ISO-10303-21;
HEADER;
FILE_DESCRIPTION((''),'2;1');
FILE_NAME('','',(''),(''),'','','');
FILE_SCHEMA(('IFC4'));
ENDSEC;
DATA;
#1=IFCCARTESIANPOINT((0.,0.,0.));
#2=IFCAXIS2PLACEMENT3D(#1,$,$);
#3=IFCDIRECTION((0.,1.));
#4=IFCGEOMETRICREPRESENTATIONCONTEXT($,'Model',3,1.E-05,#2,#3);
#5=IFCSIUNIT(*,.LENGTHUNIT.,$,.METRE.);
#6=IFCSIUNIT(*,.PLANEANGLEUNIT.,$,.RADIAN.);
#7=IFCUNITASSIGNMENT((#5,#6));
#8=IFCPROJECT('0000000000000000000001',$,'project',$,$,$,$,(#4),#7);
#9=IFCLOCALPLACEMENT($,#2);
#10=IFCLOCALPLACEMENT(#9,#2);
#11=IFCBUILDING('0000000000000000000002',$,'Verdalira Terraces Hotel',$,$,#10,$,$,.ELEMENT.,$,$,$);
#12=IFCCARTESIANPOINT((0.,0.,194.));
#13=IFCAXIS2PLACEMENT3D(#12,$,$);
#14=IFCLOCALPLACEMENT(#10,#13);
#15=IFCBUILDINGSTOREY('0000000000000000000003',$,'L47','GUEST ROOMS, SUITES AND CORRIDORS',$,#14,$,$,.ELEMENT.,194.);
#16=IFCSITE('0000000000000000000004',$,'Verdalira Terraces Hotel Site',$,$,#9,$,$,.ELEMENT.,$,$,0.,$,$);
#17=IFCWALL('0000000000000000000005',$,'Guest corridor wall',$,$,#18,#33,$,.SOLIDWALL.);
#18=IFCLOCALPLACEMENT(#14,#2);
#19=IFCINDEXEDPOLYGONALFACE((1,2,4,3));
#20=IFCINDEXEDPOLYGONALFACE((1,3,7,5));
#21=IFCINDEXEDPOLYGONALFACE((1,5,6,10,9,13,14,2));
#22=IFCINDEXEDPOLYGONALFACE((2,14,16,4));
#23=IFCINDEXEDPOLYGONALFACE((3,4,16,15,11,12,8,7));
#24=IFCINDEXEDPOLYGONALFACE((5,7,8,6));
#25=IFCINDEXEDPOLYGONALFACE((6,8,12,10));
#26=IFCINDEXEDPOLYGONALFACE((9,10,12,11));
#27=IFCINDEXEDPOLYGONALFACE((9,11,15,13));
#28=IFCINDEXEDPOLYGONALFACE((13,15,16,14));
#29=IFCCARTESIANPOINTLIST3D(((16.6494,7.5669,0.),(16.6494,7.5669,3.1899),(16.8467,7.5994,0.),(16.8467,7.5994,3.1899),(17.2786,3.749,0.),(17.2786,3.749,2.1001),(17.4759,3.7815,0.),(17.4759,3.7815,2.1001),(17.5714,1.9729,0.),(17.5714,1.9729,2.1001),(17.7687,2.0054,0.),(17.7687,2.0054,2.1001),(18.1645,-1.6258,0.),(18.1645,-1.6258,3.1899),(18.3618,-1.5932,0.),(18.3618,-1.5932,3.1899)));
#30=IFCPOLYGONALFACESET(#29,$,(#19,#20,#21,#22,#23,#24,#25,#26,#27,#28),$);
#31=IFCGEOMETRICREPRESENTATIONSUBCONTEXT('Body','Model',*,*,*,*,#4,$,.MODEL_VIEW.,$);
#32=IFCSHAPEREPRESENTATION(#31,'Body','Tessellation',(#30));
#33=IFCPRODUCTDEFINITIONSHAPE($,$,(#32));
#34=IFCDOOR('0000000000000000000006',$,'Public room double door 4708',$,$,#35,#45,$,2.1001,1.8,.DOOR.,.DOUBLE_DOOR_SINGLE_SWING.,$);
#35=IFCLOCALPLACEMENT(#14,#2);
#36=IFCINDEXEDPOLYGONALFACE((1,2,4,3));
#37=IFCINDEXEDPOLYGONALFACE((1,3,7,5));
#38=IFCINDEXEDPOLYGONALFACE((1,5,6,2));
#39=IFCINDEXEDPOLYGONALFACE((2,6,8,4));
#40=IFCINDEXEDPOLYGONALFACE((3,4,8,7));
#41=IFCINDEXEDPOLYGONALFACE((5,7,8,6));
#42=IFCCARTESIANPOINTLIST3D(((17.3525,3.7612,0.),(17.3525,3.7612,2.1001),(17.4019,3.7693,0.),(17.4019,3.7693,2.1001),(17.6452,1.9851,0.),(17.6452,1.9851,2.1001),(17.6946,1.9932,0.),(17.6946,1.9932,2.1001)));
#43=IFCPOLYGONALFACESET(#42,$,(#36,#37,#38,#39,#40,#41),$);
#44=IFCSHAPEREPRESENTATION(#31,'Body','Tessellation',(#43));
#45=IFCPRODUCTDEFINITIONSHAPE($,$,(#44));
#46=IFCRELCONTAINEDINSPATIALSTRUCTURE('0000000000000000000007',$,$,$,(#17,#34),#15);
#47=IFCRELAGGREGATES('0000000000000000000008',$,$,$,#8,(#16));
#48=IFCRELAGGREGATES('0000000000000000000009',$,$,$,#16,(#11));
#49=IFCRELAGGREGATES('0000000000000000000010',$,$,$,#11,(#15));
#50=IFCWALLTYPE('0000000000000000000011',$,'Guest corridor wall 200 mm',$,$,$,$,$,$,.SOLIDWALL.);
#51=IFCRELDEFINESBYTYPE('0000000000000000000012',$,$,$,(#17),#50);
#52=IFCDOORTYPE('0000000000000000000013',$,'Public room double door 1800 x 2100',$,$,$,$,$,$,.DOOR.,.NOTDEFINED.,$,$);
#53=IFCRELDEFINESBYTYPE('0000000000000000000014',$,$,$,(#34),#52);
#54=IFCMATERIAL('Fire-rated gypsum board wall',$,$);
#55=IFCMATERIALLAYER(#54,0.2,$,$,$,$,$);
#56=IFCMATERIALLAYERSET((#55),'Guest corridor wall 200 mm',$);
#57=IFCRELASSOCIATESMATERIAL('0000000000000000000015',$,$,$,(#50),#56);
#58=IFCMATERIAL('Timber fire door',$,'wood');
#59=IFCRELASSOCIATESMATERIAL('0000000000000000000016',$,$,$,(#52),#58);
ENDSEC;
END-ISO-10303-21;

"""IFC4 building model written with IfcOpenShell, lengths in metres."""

from ifc_helpers import new_model, si_unit, direction, frame, frame_2d, origin, place, context, subcontext, project, spatial, rectangle, extrude, material, layer, layer_set, type_object, element, fill, save


model = new_model("IFC4")

# Units and contexts
model_context = context("Model", 3, precision=1e-05, world=origin(), true_north=direction((0.0, 1.0)))
body_context = subcontext(model_context, "Body", "Model", "MODEL_VIEW")
ifc_project = project(units=[si_unit("LENGTHUNIT", "METRE"), si_unit("PLANEANGLEUNIT", "RADIAN")], contexts=[model_context])

# Site, building, storey
site_placement = place(None, origin())
site = spatial("IfcSite", under=ifc_project, at=site_placement, Name="Verdalira Terraces Hotel Site", CompositionType="ELEMENT", RefElevation=0.0)
building_placement = place(site_placement, origin())
building = spatial("IfcBuilding", under=site, at=building_placement, Name="Verdalira Terraces Hotel", CompositionType="ELEMENT")
storey_placement = place(building_placement, frame((0.0, 0.0, 194.0)))
storey = spatial("IfcBuildingStorey", under=building, at=storey_placement, Name="L47", Description="GUEST ROOMS, SUITES AND CORRIDORS", CompositionType="ELEMENT", Elevation=194.0)

# Wall, opening, door
ifc_material_1 = material(Name="Fire-rated gypsum board wall")
ifc_layer_1 = layer(ifc_material_1, 0.2)
ifc_layer_set_1 = layer_set([ifc_layer_1], Name="Guest corridor wall 200 mm")
wall_type_1 = type_object("IfcWallType", Name="Guest corridor wall 200 mm", PredefinedType="SOLIDWALL", material=ifc_layer_set_1)
wall_1_placement = place(storey_placement, frame((16.748, 7.583, 0.0), z_axis=(0.0, 0.0, 1.0), x_axis=(0.162627, -0.986688, 0.0)))
wall_1 = element("IfcWall", 1, at=wall_1_placement, inside=storey, type_object=wall_type_1, Name="Guest corridor wall", PredefinedType="SOLIDWALL", context=body_context, shape_type="SweptSolid", body=[
    extrude(rectangle(XDim=9.3166, YDim=0.2, at=frame_2d((4.6582, 0.0))), origin(), (0.0, 0.0, 1.0), 3.1899),
])
opening_1_placement = place(wall_1_placement, frame((3.8694, 0.0, 0.0)))
opening_1 = element("IfcOpeningElement", 2, at=opening_1_placement, cuts=wall_1, PredefinedType="OPENING", context=body_context, shape_type="SweptSolid", body=[
    extrude(rectangle(XDim=1.8, YDim=2.1001, at=frame_2d((0.8999, 1.05))), frame((0.0, 0.1099, 0.0), z_axis=(0.0, -1.0, 0.0), x_axis=(1.0, 0.0, 0.0)), (0.0, 0.0, 1.0), 0.22),
])
ifc_material_2 = material(Name="Timber fire door", Category="wood")
door_type_1 = type_object("IfcDoorType", Name="Public room double door 1800 x 2100", OperationType="NOTDEFINED", PredefinedType="DOOR", material=ifc_material_2)
door_1_placement = place(opening_1_placement, origin())
door_1 = element("IfcDoor", 3, at=door_1_placement, inside=storey, type_object=door_type_1, Name="Public room double door 4708", OperationType="DOUBLE_DOOR_SINGLE_SWING", OverallHeight=2.1001, OverallWidth=1.8, PredefinedType="DOOR", context=body_context, shape_type="SweptSolid", body=[
    extrude(rectangle(XDim=1.8, YDim=2.1001, at=frame_2d((0.8999, 1.05))), frame((0.0, 0.0249, 0.0), z_axis=(0.0, -1.0, 0.0), x_axis=(1.0, 0.0, 0.0)), (0.0, 0.0, 1.0), 0.05),
])
fill(opening_1, door_1)

save(model, "model.ifc")
